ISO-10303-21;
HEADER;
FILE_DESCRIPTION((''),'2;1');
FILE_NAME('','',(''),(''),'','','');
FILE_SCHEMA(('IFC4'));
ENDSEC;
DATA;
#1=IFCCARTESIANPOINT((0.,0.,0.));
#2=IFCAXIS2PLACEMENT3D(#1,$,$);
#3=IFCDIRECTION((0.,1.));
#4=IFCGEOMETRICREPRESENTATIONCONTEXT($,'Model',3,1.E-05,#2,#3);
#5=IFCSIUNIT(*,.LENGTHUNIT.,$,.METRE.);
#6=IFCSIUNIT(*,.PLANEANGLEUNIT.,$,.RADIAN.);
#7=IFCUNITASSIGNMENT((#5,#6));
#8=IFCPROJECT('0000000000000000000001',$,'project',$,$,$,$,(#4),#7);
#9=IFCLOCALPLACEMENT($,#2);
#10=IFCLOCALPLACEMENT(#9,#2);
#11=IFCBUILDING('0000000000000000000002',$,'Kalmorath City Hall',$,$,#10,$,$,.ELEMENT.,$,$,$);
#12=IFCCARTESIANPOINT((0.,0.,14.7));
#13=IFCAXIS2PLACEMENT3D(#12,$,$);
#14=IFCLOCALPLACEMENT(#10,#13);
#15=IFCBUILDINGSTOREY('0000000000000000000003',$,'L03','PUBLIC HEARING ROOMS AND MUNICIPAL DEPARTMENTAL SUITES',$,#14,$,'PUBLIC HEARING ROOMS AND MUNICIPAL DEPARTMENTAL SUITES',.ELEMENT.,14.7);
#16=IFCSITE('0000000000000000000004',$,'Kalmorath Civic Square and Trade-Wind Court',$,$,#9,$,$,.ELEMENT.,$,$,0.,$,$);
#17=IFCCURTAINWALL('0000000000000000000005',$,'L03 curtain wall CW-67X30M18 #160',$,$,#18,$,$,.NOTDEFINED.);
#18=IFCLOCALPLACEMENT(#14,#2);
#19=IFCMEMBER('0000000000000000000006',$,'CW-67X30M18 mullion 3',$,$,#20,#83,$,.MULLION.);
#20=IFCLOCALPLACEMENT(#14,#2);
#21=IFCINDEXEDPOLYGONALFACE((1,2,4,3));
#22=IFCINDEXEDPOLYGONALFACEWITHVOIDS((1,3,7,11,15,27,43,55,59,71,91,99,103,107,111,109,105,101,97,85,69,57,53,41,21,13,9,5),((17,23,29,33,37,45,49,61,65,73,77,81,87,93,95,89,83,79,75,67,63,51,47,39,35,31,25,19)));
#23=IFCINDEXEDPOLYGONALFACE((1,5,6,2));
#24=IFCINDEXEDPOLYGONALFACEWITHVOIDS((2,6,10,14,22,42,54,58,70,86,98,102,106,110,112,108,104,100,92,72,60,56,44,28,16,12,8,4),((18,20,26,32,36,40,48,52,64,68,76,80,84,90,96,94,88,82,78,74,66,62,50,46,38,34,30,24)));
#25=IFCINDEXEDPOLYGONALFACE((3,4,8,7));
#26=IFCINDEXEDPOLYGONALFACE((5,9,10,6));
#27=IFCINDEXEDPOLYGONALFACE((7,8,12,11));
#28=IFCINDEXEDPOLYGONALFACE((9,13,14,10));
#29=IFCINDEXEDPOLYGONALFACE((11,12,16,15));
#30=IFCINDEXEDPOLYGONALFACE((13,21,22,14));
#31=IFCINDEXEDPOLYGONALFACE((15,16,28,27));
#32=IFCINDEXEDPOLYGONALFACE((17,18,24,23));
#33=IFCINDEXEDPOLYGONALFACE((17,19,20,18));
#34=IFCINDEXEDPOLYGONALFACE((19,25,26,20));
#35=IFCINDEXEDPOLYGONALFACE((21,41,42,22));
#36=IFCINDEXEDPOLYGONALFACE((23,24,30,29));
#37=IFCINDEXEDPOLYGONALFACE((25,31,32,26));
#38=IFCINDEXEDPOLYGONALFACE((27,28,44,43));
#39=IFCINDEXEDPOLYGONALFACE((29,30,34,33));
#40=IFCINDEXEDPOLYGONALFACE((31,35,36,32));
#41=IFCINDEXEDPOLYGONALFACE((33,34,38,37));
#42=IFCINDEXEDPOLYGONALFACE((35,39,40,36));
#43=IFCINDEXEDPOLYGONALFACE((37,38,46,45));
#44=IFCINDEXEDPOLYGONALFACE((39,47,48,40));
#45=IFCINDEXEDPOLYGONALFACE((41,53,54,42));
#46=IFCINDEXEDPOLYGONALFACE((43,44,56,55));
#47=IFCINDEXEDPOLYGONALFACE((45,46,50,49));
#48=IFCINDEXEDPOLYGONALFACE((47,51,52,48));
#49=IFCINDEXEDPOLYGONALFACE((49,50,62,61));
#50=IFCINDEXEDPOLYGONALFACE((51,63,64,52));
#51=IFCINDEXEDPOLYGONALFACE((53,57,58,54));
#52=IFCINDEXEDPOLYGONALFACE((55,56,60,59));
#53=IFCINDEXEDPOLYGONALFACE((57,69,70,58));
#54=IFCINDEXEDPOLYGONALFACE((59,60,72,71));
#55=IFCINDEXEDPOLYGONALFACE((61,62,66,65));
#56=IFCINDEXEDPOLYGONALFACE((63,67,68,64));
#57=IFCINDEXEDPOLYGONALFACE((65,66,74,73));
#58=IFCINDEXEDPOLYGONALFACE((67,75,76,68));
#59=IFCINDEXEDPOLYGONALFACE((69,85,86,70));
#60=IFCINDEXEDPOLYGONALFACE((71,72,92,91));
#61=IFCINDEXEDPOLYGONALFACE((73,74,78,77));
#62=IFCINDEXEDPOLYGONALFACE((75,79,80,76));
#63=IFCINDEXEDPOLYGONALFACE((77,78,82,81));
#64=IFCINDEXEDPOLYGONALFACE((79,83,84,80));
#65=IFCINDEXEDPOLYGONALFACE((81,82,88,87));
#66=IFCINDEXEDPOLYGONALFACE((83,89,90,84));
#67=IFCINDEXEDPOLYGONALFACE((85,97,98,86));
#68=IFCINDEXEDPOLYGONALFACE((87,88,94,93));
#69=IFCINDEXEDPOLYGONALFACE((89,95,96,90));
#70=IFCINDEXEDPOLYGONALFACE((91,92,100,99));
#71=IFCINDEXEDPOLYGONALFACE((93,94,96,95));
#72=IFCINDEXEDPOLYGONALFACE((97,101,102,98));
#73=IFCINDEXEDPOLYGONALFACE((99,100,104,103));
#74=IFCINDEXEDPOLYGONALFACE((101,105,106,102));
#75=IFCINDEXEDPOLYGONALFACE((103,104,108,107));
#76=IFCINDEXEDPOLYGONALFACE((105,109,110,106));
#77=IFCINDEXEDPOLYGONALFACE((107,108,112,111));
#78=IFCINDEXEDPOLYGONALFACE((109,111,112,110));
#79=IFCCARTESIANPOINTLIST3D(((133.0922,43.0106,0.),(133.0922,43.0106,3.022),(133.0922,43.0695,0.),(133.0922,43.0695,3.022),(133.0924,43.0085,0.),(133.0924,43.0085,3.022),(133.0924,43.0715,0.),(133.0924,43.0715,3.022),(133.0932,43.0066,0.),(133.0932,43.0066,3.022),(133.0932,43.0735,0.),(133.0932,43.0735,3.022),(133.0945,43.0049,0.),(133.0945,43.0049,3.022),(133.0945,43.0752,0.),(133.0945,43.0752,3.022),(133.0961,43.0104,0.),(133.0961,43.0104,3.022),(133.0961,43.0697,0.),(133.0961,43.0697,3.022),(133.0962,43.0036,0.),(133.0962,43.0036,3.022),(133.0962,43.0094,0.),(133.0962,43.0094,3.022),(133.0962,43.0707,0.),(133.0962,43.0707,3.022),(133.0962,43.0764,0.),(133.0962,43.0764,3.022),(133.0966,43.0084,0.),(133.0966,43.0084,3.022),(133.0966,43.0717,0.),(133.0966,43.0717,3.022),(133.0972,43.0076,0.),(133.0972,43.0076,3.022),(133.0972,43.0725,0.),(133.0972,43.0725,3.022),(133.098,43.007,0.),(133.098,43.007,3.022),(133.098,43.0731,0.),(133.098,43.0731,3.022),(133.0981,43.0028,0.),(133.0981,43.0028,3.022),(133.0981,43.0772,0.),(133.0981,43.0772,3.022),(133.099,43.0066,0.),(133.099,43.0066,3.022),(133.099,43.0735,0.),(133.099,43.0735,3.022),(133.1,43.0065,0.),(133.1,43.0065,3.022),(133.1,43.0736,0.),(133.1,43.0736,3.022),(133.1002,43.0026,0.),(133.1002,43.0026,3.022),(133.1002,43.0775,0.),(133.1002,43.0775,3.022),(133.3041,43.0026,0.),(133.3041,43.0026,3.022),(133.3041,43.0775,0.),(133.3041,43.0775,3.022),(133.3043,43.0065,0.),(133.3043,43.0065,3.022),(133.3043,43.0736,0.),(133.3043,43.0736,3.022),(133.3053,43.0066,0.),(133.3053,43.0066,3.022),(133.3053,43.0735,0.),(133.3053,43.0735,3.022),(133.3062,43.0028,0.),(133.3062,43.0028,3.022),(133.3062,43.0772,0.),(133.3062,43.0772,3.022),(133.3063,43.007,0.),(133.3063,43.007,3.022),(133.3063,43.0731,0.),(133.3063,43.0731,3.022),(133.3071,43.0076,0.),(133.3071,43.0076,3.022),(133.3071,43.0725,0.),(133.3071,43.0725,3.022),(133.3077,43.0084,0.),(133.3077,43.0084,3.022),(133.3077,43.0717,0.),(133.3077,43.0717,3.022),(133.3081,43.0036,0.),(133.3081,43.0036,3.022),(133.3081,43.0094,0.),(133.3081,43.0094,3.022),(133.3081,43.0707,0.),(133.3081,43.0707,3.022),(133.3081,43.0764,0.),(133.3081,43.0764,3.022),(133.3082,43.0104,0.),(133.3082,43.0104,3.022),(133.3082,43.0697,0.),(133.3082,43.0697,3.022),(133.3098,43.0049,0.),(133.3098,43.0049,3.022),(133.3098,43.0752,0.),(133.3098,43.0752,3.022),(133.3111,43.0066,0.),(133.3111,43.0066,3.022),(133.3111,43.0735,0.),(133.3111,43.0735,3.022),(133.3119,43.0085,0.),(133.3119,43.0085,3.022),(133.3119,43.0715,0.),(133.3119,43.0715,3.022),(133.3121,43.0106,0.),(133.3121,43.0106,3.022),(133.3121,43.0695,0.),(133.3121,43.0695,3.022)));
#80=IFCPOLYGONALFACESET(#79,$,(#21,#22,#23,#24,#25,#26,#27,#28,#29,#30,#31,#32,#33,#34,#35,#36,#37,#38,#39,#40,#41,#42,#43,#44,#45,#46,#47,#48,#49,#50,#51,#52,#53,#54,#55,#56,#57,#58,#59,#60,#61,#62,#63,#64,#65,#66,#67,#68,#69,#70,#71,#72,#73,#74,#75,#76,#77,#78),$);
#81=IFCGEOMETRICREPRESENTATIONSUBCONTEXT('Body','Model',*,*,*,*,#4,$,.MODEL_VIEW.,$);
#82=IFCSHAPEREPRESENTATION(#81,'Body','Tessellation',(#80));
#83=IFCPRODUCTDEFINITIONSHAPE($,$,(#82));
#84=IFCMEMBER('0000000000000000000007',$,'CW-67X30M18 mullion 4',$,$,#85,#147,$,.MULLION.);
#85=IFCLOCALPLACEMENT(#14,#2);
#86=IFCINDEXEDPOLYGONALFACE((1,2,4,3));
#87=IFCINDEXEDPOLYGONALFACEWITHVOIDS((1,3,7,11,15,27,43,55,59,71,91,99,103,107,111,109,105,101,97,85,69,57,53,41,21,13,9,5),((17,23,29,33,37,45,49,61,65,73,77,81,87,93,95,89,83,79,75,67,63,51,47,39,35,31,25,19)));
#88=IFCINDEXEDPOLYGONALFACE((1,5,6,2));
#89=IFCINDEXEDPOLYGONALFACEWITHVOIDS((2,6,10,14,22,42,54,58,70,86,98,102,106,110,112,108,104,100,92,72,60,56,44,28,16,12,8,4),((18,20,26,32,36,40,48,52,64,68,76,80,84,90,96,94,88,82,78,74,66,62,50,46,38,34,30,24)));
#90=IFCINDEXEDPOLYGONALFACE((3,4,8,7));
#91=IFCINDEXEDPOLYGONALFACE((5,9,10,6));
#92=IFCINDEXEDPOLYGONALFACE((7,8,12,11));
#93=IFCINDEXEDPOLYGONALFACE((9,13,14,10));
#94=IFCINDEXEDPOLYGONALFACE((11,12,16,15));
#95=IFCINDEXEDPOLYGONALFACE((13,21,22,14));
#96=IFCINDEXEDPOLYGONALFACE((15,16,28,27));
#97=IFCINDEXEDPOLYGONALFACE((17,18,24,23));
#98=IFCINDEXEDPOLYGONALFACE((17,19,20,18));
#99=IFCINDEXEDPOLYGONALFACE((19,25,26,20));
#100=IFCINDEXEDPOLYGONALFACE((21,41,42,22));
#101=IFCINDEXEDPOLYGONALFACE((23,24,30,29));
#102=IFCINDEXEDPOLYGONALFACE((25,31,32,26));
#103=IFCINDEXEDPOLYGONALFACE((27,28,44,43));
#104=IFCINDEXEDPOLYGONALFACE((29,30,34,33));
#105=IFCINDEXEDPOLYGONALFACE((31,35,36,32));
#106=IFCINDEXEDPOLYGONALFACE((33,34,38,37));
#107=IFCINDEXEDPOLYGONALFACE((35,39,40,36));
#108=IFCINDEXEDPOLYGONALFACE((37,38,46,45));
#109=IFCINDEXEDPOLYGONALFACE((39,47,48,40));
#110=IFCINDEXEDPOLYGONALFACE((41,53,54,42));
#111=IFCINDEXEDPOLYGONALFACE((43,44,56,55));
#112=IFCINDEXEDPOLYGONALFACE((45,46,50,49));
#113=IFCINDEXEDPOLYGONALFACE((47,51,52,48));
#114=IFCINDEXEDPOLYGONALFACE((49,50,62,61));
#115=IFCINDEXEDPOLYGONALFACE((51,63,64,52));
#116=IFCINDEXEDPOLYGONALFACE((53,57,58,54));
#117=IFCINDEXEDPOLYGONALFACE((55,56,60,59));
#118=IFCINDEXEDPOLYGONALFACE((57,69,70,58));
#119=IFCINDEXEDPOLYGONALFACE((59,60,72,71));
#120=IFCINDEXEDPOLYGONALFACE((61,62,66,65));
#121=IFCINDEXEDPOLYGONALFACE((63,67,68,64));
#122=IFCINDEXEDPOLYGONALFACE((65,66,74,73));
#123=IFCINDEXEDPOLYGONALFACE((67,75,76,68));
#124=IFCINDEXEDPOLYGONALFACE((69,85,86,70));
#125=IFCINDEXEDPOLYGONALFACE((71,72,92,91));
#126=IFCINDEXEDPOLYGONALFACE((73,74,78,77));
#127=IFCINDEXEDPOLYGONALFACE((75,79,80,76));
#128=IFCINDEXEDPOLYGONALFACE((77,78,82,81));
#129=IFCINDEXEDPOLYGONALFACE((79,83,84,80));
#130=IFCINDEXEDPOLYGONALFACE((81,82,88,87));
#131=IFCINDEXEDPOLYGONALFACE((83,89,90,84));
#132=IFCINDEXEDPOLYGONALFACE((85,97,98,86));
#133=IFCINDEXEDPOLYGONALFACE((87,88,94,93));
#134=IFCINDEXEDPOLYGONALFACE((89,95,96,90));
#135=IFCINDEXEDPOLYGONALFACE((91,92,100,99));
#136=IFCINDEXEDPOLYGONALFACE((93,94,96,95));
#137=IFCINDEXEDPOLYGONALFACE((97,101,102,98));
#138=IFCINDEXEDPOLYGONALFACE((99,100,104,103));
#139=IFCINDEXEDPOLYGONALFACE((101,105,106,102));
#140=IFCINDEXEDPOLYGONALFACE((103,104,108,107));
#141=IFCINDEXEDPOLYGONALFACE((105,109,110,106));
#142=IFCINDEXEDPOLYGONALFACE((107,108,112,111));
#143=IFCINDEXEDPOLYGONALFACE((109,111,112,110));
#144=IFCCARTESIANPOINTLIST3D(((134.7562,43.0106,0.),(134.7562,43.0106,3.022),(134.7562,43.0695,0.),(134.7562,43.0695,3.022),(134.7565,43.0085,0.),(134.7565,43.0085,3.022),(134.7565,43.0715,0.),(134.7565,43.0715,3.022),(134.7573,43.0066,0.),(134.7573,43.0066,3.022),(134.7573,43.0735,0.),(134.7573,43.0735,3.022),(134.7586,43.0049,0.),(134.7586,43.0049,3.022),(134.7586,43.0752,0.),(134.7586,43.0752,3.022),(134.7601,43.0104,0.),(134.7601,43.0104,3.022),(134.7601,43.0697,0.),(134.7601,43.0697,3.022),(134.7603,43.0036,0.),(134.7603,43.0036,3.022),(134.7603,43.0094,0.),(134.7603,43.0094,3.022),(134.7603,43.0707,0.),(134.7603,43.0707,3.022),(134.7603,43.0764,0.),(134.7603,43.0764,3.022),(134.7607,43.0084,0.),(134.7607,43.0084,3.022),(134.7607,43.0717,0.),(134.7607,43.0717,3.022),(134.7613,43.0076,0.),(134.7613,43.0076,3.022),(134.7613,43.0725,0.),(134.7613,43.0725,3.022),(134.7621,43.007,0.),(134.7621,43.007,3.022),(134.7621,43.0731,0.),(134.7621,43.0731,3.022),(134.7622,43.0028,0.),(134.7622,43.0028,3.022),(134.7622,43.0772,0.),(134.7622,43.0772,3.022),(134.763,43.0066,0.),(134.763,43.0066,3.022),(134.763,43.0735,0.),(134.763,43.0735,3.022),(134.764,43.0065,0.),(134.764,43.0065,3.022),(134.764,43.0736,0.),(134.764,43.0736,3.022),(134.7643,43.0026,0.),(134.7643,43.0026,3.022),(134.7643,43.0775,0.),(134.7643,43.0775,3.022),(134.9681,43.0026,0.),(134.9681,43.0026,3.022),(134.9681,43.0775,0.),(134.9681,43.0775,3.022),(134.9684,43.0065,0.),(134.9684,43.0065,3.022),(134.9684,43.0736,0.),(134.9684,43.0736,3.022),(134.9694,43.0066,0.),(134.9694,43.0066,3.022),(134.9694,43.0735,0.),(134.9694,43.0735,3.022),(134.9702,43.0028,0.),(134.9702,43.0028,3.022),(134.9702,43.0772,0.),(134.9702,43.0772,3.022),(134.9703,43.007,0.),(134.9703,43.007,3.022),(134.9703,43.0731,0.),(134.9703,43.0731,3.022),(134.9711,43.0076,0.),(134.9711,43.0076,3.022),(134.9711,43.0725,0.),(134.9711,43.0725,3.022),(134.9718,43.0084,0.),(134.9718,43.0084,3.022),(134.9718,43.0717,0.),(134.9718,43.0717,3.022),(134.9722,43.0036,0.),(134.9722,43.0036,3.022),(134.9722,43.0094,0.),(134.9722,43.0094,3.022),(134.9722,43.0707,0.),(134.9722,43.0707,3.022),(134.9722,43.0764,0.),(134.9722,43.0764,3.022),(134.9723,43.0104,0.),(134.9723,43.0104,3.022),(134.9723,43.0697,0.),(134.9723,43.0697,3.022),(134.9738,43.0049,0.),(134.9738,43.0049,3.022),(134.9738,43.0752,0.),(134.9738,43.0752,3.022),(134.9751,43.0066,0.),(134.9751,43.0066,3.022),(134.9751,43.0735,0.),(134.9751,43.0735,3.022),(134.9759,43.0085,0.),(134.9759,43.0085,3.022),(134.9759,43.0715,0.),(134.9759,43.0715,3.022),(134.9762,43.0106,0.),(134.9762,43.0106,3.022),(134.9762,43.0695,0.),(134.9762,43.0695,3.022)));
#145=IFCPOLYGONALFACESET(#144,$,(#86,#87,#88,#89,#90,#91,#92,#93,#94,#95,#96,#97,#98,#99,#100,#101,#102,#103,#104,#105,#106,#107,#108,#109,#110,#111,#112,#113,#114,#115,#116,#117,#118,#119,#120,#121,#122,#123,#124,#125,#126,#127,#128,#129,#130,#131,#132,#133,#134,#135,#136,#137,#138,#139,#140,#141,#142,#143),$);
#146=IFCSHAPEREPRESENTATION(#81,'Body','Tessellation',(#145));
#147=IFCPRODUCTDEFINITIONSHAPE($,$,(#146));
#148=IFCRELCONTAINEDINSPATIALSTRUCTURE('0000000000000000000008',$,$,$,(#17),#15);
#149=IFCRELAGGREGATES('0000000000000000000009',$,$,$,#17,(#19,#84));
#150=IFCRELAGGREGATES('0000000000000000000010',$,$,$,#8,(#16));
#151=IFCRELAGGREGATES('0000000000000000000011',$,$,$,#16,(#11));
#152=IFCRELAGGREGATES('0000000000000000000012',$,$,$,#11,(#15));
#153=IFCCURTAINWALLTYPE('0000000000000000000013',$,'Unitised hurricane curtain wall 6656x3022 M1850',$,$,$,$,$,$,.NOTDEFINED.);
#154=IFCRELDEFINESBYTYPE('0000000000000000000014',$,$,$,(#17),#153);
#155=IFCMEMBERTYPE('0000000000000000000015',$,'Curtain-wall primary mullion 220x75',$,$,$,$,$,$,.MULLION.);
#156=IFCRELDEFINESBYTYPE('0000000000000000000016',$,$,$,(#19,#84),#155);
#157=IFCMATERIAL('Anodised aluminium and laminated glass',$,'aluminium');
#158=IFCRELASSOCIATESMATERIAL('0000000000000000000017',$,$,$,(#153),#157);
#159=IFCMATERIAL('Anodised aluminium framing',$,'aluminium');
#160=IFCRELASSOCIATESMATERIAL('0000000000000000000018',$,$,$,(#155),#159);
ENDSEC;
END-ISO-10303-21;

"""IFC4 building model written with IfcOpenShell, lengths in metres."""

from ifc_helpers import new_model, si_unit, direction, frame, origin, origin_2d, place, context, subcontext, project, spatial, hollow_rectangle, extrude, material, material_profile, profile_set, type_object, element, aggregate, save


model = new_model("IFC4")

# Units and contexts
model_context = context("Model", 3, precision=1e-05, world=origin(), true_north=direction((0.0, 1.0)))
body_context = subcontext(model_context, "Body", "Model", "MODEL_VIEW")
ifc_project = project(units=[si_unit("LENGTHUNIT", "METRE"), si_unit("PLANEANGLEUNIT", "RADIAN")], contexts=[model_context])

# Site, building, storey
site_placement = place(None, origin())
site = spatial("IfcSite", under=ifc_project, at=site_placement, Name="Kalmorath Civic Square and Trade-Wind Court", CompositionType="ELEMENT", RefElevation=0.0)
building_placement = place(site_placement, origin())
building = spatial("IfcBuilding", under=site, at=building_placement, Name="Kalmorath City Hall", CompositionType="ELEMENT")
storey_placement = place(building_placement, frame((0.0, 0.0, 14.7)))
storey = spatial("IfcBuildingStorey", under=building, at=storey_placement, Name="L03", Description="PUBLIC HEARING ROOMS AND MUNICIPAL DEPARTMENTAL SUITES", LongName="PUBLIC HEARING ROOMS AND MUNICIPAL DEPARTMENTAL SUITES", CompositionType="ELEMENT", Elevation=14.7)

# Curtain wall, members
ifc_material_1 = material(Name="Anodised aluminium and laminated glass", Category="aluminium")
curtain_wall_type = type_object("IfcCurtainWallType", Name="Unitised hurricane curtain wall 6656x3022 M1850", PredefinedType="NOTDEFINED", material=ifc_material_1)
curtain_wall_placement = place(storey_placement, origin())
curtain_wall = element("IfcCurtainWall", 1, at=curtain_wall_placement, inside=storey, type_object=curtain_wall_type, Name="L03 curtain wall CW-67X30M18 #160", PredefinedType="NOTDEFINED")
ifc_material_2 = material(Name="Anodised aluminium framing", Category="aluminium")
ifc_material_profile_1 = material_profile(ifc_material_2, hollow_rectangle(XDim=0.075, YDim=0.22, WallThickness=0.0039, InnerFilletRadius=0.0039, OuterFilletRadius=0.0081, at=origin_2d()), Name="ALU-MUL-220X75X4")
ifc_profile_set_1 = profile_set([ifc_material_profile_1], Name="Anodised aluminium framing")
member_type_1 = type_object("IfcMemberType", Name="Curtain-wall primary mullion 220x75", PredefinedType="MULLION", material=ifc_profile_set_1)
member_1_placement = place(storey_placement, frame((133.2021, 43.04, 0.0), z_axis=(0.0, 0.0, 1.0), x_axis=(0.0, 1.0, 0.0)))
member_1 = element("IfcMember", 2, at=member_1_placement, type_object=member_type_1, Name="CW-67X30M18 mullion 3", PredefinedType="MULLION", context=body_context, shape_type="SweptSolid", body=[
    extrude(hollow_rectangle(XDim=0.075, YDim=0.22, WallThickness=0.0039, InnerFilletRadius=0.0039, OuterFilletRadius=0.0081, at=origin_2d()), origin(), (0.0, 0.0, 1.0), 3.022),
])
member_2_placement = place(storey_placement, frame((134.8662, 43.04, 0.0), z_axis=(0.0, 0.0, 1.0), x_axis=(0.0, 1.0, 0.0)))
member_2 = element("IfcMember", 3, at=member_2_placement, type_object=member_type_1, Name="CW-67X30M18 mullion 4", PredefinedType="MULLION", context=body_context, shape_type="SweptSolid", body=[
    extrude(hollow_rectangle(XDim=0.075, YDim=0.22, WallThickness=0.0039, InnerFilletRadius=0.0039, OuterFilletRadius=0.0081, at=origin_2d()), origin(), (0.0, 0.0, 1.0), 3.022),
])
aggregate(curtain_wall, [member_1, member_2])

save(model, "model.ifc")
